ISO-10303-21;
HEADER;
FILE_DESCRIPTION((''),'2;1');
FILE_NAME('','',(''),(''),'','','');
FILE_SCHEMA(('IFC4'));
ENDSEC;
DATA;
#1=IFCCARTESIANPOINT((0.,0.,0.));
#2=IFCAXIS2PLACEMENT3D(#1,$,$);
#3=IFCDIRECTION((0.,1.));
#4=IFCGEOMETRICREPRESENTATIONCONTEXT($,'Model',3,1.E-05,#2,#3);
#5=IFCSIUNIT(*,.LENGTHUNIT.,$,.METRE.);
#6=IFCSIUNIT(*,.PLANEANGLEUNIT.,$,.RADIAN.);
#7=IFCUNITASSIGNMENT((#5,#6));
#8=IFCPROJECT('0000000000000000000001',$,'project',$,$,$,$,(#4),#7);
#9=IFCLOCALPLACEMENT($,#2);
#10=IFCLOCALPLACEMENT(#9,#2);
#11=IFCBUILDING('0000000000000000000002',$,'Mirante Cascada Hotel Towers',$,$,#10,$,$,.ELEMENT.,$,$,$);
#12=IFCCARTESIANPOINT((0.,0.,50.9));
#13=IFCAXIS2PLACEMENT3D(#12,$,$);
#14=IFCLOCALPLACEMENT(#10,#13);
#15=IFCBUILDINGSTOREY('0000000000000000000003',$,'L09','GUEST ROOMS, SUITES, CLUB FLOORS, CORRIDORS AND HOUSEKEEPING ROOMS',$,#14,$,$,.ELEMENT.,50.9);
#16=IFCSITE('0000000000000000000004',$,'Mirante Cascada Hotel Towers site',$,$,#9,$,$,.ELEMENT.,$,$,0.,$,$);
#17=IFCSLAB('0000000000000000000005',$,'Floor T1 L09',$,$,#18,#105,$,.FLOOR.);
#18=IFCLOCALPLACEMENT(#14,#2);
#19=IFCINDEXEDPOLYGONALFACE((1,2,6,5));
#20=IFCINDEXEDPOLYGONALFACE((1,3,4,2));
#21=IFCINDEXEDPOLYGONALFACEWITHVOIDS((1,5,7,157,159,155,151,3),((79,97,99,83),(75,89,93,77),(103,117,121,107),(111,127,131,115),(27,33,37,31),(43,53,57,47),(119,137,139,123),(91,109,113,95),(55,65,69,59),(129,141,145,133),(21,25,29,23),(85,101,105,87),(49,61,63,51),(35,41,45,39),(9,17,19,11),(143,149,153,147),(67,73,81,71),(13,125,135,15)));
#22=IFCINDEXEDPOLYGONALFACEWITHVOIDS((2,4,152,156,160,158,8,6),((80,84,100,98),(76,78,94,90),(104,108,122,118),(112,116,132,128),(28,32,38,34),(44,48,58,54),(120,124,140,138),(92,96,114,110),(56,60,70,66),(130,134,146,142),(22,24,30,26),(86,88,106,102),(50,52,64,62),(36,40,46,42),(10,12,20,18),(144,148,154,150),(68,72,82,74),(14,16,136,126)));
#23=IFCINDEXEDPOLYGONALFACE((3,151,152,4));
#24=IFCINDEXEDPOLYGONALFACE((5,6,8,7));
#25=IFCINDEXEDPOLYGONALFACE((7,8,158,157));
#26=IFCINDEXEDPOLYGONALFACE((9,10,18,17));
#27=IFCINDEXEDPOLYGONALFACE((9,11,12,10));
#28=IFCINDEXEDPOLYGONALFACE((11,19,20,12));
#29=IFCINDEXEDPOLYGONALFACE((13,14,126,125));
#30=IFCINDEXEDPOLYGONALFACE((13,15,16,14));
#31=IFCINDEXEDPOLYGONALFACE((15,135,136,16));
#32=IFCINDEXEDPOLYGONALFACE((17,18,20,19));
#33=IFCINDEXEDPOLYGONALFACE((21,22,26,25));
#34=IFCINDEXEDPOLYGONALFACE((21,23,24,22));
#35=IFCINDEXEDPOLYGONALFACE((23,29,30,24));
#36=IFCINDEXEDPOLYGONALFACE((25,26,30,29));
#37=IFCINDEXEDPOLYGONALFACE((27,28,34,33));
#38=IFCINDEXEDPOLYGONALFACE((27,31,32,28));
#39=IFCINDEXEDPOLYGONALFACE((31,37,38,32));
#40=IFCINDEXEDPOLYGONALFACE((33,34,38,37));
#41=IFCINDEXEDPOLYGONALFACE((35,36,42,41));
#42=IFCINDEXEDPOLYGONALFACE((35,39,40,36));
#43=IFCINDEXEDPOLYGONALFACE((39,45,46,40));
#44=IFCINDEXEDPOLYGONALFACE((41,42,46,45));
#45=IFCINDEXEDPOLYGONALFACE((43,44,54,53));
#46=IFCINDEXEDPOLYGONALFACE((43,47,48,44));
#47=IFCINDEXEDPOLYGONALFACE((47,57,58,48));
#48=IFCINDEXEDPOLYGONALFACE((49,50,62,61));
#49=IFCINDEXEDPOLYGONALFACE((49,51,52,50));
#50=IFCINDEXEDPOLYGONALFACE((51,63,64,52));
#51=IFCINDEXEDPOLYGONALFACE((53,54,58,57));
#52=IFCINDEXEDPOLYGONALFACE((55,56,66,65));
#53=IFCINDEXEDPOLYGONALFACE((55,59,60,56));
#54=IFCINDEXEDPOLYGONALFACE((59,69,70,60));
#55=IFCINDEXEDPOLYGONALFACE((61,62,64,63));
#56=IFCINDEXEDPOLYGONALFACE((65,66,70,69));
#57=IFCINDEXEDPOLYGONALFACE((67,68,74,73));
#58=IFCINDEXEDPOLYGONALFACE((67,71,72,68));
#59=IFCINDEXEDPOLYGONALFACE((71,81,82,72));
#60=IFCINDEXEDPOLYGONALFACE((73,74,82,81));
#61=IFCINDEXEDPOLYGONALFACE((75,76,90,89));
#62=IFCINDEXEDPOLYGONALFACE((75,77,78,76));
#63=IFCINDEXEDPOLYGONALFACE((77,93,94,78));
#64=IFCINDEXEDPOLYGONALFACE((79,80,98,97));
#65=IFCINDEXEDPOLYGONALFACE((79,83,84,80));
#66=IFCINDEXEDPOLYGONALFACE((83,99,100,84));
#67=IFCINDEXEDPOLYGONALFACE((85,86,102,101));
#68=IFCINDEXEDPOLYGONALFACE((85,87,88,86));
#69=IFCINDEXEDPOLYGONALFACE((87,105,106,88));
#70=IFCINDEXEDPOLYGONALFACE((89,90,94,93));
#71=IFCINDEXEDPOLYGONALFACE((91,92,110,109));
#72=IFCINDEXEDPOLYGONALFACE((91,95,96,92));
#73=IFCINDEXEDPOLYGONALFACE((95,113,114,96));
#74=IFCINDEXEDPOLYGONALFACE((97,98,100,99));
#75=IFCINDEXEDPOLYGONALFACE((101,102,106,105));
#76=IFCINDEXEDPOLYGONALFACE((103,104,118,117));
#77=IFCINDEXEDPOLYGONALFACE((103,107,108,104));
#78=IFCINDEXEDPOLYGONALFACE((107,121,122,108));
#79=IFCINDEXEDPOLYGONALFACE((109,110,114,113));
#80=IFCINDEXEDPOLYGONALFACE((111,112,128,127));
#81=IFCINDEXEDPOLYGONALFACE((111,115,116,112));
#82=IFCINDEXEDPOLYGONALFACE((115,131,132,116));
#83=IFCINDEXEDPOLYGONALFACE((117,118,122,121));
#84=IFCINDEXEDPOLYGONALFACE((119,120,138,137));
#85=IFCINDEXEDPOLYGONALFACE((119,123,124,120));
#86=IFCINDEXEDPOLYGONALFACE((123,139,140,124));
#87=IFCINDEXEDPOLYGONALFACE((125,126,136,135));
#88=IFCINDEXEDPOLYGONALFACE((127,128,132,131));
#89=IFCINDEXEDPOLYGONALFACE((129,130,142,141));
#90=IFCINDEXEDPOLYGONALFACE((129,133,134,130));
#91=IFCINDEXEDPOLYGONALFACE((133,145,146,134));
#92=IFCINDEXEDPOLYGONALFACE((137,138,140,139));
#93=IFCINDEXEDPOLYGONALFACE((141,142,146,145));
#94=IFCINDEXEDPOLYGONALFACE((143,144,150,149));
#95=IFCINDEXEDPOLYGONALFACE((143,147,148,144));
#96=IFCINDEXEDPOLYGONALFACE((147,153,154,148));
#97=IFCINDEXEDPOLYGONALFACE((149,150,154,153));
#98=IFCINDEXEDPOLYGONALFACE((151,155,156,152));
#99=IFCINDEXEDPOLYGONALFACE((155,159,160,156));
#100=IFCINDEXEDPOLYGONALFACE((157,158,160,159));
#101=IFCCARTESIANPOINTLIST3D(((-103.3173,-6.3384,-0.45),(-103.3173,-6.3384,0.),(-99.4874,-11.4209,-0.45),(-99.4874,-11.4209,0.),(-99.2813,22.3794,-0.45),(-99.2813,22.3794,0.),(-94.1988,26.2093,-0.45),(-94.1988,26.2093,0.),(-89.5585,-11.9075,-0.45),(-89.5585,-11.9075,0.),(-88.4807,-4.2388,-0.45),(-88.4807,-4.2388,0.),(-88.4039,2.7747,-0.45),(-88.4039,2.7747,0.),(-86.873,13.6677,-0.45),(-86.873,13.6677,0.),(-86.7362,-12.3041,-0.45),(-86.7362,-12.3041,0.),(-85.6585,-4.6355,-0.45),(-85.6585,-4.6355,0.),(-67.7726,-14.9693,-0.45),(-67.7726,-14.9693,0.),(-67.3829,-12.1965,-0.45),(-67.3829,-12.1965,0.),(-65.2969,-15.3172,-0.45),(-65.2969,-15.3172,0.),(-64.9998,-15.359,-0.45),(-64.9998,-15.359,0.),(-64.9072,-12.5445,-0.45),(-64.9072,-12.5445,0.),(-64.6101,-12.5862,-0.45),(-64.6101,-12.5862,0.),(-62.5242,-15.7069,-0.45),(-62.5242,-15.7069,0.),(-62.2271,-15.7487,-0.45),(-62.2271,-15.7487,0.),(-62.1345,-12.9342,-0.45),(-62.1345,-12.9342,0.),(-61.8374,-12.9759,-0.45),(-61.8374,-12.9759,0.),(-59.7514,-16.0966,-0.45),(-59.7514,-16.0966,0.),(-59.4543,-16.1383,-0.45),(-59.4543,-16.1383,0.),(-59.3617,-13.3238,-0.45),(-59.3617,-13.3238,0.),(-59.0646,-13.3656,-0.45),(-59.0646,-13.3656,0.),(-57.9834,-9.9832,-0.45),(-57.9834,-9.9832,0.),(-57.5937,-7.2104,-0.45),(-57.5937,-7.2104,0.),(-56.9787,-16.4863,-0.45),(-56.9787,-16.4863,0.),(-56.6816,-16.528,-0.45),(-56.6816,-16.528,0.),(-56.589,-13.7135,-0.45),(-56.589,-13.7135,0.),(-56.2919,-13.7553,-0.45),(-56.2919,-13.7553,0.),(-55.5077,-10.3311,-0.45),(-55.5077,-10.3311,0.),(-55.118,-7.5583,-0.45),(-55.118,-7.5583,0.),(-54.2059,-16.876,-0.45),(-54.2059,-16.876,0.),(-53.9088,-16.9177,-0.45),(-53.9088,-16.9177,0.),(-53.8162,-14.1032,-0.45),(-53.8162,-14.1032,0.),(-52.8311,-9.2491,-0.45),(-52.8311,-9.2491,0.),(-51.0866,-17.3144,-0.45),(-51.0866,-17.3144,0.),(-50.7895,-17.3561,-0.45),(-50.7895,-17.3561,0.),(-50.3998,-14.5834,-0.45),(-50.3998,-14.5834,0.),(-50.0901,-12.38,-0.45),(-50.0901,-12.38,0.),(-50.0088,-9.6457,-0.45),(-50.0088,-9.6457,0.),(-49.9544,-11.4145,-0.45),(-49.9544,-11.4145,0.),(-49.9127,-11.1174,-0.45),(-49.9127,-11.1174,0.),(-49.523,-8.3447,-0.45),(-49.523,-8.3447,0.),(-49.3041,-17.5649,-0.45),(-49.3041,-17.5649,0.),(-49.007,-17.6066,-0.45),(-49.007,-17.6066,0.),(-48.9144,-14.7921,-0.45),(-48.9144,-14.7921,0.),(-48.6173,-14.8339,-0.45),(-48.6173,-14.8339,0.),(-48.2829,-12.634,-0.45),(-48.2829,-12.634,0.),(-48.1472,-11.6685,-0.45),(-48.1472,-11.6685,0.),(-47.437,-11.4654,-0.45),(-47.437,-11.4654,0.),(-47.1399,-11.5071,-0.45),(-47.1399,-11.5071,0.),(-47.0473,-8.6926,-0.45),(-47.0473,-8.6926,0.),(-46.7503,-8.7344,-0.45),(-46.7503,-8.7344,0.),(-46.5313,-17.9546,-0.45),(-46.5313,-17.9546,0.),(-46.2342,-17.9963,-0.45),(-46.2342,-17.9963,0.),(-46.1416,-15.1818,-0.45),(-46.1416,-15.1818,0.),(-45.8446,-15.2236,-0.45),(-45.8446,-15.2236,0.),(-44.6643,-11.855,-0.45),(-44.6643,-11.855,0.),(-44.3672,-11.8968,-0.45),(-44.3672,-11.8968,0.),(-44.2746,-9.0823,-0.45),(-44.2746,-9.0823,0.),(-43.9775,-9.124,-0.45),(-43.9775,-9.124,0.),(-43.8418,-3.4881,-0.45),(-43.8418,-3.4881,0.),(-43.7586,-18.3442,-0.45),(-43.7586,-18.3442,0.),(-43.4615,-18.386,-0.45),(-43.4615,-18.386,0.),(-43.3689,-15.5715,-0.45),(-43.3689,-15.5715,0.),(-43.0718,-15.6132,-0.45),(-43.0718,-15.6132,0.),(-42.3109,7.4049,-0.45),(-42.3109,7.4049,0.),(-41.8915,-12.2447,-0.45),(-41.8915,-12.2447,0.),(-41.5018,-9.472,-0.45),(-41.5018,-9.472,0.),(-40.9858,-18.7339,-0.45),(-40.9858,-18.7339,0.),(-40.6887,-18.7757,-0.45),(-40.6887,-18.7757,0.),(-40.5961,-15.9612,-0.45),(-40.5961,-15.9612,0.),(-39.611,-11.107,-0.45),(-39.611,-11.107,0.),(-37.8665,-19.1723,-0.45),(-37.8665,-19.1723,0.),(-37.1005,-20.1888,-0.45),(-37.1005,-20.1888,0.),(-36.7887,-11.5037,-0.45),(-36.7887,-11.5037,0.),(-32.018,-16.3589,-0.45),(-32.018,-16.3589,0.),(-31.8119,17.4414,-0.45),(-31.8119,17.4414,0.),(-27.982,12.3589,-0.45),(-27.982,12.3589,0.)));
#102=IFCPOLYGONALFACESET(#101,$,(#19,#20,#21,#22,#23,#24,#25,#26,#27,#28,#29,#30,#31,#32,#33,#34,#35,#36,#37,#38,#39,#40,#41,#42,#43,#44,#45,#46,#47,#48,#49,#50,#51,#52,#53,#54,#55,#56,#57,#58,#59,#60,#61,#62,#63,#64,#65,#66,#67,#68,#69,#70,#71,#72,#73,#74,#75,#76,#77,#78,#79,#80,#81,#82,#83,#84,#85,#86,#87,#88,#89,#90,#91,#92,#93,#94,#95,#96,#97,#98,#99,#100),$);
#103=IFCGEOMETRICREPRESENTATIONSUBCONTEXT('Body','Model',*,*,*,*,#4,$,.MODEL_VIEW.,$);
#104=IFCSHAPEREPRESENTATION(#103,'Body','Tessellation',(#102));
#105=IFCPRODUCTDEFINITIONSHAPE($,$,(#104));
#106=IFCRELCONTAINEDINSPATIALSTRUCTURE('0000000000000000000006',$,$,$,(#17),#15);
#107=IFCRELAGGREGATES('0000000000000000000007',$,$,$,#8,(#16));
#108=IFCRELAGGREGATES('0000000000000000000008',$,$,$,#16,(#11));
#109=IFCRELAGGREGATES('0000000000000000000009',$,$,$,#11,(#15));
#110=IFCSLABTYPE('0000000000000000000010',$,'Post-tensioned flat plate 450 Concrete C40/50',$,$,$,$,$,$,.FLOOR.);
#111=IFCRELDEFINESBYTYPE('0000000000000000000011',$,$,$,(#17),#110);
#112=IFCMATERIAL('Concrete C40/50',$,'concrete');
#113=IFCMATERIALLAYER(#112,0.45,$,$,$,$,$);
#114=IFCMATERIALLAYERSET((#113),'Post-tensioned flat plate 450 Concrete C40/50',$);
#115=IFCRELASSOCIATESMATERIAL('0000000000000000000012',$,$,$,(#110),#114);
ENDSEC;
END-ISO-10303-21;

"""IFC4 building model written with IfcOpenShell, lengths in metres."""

from ifc_helpers import new_model, si_unit, direction, frame, origin, place, context, subcontext, project, spatial, polyline, outline, extrude, material, layer, layer_set, type_object, element, save


model = new_model("IFC4")

# Units and contexts
model_context = context("Model", 3, precision=1e-05, world=origin(), true_north=direction((0.0, 1.0)))
body_context = subcontext(model_context, "Body", "Model", "MODEL_VIEW")
ifc_project = project(units=[si_unit("LENGTHUNIT", "METRE"), si_unit("PLANEANGLEUNIT", "RADIAN")], contexts=[model_context])

# Site, building, storey
site_placement = place(None, origin())
site = spatial("IfcSite", under=ifc_project, at=site_placement, Name="Mirante Cascada Hotel Towers site", CompositionType="ELEMENT", RefElevation=0.0)
building_placement = place(site_placement, origin())
building = spatial("IfcBuilding", under=site, at=building_placement, Name="Mirante Cascada Hotel Towers", CompositionType="ELEMENT")
storey_placement = place(building_placement, frame((0.0, 0.0, 50.9)))
storey = spatial("IfcBuildingStorey", under=building, at=storey_placement, Name="L09", Description="GUEST ROOMS, SUITES, CLUB FLOORS, CORRIDORS AND HOUSEKEEPING ROOMS", CompositionType="ELEMENT", Elevation=50.9)

# Slab
ifc_material_1 = material(Name="Concrete C40/50", Category="concrete")
ifc_layer_1 = layer(ifc_material_1, 0.45)
ifc_layer_set_1 = layer_set([ifc_layer_1], Name="Post-tensioned flat plate 450 Concrete C40/50")
slab_type = type_object("IfcSlabType", Name="Post-tensioned flat plate 450 Concrete C40/50", PredefinedType="FLOOR", material=ifc_layer_set_1)
slab_1_placement = place(storey_placement, frame((0.0, 0.0, -0.45)))
element("IfcSlab", 1, at=slab_1_placement, inside=storey, type_object=slab_type, Name="Floor T1 L09", PredefinedType="FLOOR", context=body_context, shape_type="SweptSolid", body=[
    extrude(outline(polyline([(-32.018, -16.3589), (-27.982, 12.3589), (-31.8119, 17.4414), (-94.1988, 26.2093), (-99.2813, 22.3794), (-103.3173, -6.3384), (-99.4874, -11.4209), (-37.1005, -20.1888), (-32.018, -16.3589)]), holes=[polyline([(-43.0718, -15.6132), (-40.5961, -15.9612), (-40.9858, -18.7339), (-43.4615, -18.386), (-43.0718, -15.6132)]), polyline([(-45.8446, -15.2236), (-43.3689, -15.5715), (-43.7586, -18.3442), (-46.2342, -17.9963), (-45.8446, -15.2236)]), polyline([(-48.6173, -14.8339), (-46.1416, -15.1818), (-46.5313, -17.9546), (-49.007, -17.6066), (-48.6173, -14.8339)]), polyline([(-50.3998, -14.5834), (-48.9144, -14.7921), (-49.3041, -17.5649), (-50.7895, -17.3561), (-50.3998, -14.5834)]), polyline([(-36.7887, -11.5037), (-37.8665, -19.1723), (-40.6887, -18.7757), (-39.611, -11.107), (-36.7887, -11.5037)]), polyline([(-49.9544, -11.4145), (-48.1472, -11.6685), (-48.2829, -12.634), (-50.0901, -12.38), (-49.9544, -11.4145)]), polyline([(-43.9775, -9.124), (-41.5018, -9.472), (-41.8915, -12.2447), (-44.3672, -11.8968), (-43.9775, -9.124)]), polyline([(-47.1399, -11.5071), (-46.7503, -8.7344), (-44.2746, -9.0823), (-44.6643, -11.855), (-47.1399, -11.5071)]), polyline([(-49.9127, -11.1174), (-49.523, -8.3447), (-47.0473, -8.6926), (-47.437, -11.4654), (-49.9127, -11.1174)]), polyline([(-56.2919, -13.7553), (-53.8162, -14.1032), (-54.2059, -16.876), (-56.6816, -16.528), (-56.2919, -13.7553)]), polyline([(-59.0646, -13.3656), (-56.589, -13.7135), (-56.9787, -16.4863), (-59.4543, -16.1383), (-59.0646, -13.3656)]), polyline([(-61.8374, -12.9759), (-59.3617, -13.3238), (-59.7514, -16.0966), (-62.2271, -15.7487), (-61.8374, -12.9759)]), polyline([(-64.6101, -12.5862), (-62.1345, -12.9342), (-62.5242, -15.7069), (-64.9998, -15.359), (-64.6101, -12.5862)]), polyline([(-67.3829, -12.1965), (-64.9072, -12.5445), (-65.2969, -15.3172), (-67.7726, -14.9693), (-67.3829, -12.1965)]), polyline([(-50.0088, -9.6457), (-51.0866, -17.3144), (-53.9088, -16.9177), (-52.8311, -9.2491), (-50.0088, -9.6457)]), polyline([(-85.6585, -4.6355), (-86.7362, -12.3041), (-89.5585, -11.9075), (-88.4807, -4.2388), (-85.6585, -4.6355)]), polyline([(-57.9834, -9.9832), (-57.5937, -7.2104), (-55.118, -7.5583), (-55.5077, -10.3311), (-57.9834, -9.9832)]), polyline([(-88.4039, 2.7747), (-86.873, 13.6677), (-42.3109, 7.4049), (-43.8418, -3.4881), (-88.4039, 2.7747)])]), origin(), (0.0, 0.0, 1.0), 0.45),
])

save(model, "model.ifc")
